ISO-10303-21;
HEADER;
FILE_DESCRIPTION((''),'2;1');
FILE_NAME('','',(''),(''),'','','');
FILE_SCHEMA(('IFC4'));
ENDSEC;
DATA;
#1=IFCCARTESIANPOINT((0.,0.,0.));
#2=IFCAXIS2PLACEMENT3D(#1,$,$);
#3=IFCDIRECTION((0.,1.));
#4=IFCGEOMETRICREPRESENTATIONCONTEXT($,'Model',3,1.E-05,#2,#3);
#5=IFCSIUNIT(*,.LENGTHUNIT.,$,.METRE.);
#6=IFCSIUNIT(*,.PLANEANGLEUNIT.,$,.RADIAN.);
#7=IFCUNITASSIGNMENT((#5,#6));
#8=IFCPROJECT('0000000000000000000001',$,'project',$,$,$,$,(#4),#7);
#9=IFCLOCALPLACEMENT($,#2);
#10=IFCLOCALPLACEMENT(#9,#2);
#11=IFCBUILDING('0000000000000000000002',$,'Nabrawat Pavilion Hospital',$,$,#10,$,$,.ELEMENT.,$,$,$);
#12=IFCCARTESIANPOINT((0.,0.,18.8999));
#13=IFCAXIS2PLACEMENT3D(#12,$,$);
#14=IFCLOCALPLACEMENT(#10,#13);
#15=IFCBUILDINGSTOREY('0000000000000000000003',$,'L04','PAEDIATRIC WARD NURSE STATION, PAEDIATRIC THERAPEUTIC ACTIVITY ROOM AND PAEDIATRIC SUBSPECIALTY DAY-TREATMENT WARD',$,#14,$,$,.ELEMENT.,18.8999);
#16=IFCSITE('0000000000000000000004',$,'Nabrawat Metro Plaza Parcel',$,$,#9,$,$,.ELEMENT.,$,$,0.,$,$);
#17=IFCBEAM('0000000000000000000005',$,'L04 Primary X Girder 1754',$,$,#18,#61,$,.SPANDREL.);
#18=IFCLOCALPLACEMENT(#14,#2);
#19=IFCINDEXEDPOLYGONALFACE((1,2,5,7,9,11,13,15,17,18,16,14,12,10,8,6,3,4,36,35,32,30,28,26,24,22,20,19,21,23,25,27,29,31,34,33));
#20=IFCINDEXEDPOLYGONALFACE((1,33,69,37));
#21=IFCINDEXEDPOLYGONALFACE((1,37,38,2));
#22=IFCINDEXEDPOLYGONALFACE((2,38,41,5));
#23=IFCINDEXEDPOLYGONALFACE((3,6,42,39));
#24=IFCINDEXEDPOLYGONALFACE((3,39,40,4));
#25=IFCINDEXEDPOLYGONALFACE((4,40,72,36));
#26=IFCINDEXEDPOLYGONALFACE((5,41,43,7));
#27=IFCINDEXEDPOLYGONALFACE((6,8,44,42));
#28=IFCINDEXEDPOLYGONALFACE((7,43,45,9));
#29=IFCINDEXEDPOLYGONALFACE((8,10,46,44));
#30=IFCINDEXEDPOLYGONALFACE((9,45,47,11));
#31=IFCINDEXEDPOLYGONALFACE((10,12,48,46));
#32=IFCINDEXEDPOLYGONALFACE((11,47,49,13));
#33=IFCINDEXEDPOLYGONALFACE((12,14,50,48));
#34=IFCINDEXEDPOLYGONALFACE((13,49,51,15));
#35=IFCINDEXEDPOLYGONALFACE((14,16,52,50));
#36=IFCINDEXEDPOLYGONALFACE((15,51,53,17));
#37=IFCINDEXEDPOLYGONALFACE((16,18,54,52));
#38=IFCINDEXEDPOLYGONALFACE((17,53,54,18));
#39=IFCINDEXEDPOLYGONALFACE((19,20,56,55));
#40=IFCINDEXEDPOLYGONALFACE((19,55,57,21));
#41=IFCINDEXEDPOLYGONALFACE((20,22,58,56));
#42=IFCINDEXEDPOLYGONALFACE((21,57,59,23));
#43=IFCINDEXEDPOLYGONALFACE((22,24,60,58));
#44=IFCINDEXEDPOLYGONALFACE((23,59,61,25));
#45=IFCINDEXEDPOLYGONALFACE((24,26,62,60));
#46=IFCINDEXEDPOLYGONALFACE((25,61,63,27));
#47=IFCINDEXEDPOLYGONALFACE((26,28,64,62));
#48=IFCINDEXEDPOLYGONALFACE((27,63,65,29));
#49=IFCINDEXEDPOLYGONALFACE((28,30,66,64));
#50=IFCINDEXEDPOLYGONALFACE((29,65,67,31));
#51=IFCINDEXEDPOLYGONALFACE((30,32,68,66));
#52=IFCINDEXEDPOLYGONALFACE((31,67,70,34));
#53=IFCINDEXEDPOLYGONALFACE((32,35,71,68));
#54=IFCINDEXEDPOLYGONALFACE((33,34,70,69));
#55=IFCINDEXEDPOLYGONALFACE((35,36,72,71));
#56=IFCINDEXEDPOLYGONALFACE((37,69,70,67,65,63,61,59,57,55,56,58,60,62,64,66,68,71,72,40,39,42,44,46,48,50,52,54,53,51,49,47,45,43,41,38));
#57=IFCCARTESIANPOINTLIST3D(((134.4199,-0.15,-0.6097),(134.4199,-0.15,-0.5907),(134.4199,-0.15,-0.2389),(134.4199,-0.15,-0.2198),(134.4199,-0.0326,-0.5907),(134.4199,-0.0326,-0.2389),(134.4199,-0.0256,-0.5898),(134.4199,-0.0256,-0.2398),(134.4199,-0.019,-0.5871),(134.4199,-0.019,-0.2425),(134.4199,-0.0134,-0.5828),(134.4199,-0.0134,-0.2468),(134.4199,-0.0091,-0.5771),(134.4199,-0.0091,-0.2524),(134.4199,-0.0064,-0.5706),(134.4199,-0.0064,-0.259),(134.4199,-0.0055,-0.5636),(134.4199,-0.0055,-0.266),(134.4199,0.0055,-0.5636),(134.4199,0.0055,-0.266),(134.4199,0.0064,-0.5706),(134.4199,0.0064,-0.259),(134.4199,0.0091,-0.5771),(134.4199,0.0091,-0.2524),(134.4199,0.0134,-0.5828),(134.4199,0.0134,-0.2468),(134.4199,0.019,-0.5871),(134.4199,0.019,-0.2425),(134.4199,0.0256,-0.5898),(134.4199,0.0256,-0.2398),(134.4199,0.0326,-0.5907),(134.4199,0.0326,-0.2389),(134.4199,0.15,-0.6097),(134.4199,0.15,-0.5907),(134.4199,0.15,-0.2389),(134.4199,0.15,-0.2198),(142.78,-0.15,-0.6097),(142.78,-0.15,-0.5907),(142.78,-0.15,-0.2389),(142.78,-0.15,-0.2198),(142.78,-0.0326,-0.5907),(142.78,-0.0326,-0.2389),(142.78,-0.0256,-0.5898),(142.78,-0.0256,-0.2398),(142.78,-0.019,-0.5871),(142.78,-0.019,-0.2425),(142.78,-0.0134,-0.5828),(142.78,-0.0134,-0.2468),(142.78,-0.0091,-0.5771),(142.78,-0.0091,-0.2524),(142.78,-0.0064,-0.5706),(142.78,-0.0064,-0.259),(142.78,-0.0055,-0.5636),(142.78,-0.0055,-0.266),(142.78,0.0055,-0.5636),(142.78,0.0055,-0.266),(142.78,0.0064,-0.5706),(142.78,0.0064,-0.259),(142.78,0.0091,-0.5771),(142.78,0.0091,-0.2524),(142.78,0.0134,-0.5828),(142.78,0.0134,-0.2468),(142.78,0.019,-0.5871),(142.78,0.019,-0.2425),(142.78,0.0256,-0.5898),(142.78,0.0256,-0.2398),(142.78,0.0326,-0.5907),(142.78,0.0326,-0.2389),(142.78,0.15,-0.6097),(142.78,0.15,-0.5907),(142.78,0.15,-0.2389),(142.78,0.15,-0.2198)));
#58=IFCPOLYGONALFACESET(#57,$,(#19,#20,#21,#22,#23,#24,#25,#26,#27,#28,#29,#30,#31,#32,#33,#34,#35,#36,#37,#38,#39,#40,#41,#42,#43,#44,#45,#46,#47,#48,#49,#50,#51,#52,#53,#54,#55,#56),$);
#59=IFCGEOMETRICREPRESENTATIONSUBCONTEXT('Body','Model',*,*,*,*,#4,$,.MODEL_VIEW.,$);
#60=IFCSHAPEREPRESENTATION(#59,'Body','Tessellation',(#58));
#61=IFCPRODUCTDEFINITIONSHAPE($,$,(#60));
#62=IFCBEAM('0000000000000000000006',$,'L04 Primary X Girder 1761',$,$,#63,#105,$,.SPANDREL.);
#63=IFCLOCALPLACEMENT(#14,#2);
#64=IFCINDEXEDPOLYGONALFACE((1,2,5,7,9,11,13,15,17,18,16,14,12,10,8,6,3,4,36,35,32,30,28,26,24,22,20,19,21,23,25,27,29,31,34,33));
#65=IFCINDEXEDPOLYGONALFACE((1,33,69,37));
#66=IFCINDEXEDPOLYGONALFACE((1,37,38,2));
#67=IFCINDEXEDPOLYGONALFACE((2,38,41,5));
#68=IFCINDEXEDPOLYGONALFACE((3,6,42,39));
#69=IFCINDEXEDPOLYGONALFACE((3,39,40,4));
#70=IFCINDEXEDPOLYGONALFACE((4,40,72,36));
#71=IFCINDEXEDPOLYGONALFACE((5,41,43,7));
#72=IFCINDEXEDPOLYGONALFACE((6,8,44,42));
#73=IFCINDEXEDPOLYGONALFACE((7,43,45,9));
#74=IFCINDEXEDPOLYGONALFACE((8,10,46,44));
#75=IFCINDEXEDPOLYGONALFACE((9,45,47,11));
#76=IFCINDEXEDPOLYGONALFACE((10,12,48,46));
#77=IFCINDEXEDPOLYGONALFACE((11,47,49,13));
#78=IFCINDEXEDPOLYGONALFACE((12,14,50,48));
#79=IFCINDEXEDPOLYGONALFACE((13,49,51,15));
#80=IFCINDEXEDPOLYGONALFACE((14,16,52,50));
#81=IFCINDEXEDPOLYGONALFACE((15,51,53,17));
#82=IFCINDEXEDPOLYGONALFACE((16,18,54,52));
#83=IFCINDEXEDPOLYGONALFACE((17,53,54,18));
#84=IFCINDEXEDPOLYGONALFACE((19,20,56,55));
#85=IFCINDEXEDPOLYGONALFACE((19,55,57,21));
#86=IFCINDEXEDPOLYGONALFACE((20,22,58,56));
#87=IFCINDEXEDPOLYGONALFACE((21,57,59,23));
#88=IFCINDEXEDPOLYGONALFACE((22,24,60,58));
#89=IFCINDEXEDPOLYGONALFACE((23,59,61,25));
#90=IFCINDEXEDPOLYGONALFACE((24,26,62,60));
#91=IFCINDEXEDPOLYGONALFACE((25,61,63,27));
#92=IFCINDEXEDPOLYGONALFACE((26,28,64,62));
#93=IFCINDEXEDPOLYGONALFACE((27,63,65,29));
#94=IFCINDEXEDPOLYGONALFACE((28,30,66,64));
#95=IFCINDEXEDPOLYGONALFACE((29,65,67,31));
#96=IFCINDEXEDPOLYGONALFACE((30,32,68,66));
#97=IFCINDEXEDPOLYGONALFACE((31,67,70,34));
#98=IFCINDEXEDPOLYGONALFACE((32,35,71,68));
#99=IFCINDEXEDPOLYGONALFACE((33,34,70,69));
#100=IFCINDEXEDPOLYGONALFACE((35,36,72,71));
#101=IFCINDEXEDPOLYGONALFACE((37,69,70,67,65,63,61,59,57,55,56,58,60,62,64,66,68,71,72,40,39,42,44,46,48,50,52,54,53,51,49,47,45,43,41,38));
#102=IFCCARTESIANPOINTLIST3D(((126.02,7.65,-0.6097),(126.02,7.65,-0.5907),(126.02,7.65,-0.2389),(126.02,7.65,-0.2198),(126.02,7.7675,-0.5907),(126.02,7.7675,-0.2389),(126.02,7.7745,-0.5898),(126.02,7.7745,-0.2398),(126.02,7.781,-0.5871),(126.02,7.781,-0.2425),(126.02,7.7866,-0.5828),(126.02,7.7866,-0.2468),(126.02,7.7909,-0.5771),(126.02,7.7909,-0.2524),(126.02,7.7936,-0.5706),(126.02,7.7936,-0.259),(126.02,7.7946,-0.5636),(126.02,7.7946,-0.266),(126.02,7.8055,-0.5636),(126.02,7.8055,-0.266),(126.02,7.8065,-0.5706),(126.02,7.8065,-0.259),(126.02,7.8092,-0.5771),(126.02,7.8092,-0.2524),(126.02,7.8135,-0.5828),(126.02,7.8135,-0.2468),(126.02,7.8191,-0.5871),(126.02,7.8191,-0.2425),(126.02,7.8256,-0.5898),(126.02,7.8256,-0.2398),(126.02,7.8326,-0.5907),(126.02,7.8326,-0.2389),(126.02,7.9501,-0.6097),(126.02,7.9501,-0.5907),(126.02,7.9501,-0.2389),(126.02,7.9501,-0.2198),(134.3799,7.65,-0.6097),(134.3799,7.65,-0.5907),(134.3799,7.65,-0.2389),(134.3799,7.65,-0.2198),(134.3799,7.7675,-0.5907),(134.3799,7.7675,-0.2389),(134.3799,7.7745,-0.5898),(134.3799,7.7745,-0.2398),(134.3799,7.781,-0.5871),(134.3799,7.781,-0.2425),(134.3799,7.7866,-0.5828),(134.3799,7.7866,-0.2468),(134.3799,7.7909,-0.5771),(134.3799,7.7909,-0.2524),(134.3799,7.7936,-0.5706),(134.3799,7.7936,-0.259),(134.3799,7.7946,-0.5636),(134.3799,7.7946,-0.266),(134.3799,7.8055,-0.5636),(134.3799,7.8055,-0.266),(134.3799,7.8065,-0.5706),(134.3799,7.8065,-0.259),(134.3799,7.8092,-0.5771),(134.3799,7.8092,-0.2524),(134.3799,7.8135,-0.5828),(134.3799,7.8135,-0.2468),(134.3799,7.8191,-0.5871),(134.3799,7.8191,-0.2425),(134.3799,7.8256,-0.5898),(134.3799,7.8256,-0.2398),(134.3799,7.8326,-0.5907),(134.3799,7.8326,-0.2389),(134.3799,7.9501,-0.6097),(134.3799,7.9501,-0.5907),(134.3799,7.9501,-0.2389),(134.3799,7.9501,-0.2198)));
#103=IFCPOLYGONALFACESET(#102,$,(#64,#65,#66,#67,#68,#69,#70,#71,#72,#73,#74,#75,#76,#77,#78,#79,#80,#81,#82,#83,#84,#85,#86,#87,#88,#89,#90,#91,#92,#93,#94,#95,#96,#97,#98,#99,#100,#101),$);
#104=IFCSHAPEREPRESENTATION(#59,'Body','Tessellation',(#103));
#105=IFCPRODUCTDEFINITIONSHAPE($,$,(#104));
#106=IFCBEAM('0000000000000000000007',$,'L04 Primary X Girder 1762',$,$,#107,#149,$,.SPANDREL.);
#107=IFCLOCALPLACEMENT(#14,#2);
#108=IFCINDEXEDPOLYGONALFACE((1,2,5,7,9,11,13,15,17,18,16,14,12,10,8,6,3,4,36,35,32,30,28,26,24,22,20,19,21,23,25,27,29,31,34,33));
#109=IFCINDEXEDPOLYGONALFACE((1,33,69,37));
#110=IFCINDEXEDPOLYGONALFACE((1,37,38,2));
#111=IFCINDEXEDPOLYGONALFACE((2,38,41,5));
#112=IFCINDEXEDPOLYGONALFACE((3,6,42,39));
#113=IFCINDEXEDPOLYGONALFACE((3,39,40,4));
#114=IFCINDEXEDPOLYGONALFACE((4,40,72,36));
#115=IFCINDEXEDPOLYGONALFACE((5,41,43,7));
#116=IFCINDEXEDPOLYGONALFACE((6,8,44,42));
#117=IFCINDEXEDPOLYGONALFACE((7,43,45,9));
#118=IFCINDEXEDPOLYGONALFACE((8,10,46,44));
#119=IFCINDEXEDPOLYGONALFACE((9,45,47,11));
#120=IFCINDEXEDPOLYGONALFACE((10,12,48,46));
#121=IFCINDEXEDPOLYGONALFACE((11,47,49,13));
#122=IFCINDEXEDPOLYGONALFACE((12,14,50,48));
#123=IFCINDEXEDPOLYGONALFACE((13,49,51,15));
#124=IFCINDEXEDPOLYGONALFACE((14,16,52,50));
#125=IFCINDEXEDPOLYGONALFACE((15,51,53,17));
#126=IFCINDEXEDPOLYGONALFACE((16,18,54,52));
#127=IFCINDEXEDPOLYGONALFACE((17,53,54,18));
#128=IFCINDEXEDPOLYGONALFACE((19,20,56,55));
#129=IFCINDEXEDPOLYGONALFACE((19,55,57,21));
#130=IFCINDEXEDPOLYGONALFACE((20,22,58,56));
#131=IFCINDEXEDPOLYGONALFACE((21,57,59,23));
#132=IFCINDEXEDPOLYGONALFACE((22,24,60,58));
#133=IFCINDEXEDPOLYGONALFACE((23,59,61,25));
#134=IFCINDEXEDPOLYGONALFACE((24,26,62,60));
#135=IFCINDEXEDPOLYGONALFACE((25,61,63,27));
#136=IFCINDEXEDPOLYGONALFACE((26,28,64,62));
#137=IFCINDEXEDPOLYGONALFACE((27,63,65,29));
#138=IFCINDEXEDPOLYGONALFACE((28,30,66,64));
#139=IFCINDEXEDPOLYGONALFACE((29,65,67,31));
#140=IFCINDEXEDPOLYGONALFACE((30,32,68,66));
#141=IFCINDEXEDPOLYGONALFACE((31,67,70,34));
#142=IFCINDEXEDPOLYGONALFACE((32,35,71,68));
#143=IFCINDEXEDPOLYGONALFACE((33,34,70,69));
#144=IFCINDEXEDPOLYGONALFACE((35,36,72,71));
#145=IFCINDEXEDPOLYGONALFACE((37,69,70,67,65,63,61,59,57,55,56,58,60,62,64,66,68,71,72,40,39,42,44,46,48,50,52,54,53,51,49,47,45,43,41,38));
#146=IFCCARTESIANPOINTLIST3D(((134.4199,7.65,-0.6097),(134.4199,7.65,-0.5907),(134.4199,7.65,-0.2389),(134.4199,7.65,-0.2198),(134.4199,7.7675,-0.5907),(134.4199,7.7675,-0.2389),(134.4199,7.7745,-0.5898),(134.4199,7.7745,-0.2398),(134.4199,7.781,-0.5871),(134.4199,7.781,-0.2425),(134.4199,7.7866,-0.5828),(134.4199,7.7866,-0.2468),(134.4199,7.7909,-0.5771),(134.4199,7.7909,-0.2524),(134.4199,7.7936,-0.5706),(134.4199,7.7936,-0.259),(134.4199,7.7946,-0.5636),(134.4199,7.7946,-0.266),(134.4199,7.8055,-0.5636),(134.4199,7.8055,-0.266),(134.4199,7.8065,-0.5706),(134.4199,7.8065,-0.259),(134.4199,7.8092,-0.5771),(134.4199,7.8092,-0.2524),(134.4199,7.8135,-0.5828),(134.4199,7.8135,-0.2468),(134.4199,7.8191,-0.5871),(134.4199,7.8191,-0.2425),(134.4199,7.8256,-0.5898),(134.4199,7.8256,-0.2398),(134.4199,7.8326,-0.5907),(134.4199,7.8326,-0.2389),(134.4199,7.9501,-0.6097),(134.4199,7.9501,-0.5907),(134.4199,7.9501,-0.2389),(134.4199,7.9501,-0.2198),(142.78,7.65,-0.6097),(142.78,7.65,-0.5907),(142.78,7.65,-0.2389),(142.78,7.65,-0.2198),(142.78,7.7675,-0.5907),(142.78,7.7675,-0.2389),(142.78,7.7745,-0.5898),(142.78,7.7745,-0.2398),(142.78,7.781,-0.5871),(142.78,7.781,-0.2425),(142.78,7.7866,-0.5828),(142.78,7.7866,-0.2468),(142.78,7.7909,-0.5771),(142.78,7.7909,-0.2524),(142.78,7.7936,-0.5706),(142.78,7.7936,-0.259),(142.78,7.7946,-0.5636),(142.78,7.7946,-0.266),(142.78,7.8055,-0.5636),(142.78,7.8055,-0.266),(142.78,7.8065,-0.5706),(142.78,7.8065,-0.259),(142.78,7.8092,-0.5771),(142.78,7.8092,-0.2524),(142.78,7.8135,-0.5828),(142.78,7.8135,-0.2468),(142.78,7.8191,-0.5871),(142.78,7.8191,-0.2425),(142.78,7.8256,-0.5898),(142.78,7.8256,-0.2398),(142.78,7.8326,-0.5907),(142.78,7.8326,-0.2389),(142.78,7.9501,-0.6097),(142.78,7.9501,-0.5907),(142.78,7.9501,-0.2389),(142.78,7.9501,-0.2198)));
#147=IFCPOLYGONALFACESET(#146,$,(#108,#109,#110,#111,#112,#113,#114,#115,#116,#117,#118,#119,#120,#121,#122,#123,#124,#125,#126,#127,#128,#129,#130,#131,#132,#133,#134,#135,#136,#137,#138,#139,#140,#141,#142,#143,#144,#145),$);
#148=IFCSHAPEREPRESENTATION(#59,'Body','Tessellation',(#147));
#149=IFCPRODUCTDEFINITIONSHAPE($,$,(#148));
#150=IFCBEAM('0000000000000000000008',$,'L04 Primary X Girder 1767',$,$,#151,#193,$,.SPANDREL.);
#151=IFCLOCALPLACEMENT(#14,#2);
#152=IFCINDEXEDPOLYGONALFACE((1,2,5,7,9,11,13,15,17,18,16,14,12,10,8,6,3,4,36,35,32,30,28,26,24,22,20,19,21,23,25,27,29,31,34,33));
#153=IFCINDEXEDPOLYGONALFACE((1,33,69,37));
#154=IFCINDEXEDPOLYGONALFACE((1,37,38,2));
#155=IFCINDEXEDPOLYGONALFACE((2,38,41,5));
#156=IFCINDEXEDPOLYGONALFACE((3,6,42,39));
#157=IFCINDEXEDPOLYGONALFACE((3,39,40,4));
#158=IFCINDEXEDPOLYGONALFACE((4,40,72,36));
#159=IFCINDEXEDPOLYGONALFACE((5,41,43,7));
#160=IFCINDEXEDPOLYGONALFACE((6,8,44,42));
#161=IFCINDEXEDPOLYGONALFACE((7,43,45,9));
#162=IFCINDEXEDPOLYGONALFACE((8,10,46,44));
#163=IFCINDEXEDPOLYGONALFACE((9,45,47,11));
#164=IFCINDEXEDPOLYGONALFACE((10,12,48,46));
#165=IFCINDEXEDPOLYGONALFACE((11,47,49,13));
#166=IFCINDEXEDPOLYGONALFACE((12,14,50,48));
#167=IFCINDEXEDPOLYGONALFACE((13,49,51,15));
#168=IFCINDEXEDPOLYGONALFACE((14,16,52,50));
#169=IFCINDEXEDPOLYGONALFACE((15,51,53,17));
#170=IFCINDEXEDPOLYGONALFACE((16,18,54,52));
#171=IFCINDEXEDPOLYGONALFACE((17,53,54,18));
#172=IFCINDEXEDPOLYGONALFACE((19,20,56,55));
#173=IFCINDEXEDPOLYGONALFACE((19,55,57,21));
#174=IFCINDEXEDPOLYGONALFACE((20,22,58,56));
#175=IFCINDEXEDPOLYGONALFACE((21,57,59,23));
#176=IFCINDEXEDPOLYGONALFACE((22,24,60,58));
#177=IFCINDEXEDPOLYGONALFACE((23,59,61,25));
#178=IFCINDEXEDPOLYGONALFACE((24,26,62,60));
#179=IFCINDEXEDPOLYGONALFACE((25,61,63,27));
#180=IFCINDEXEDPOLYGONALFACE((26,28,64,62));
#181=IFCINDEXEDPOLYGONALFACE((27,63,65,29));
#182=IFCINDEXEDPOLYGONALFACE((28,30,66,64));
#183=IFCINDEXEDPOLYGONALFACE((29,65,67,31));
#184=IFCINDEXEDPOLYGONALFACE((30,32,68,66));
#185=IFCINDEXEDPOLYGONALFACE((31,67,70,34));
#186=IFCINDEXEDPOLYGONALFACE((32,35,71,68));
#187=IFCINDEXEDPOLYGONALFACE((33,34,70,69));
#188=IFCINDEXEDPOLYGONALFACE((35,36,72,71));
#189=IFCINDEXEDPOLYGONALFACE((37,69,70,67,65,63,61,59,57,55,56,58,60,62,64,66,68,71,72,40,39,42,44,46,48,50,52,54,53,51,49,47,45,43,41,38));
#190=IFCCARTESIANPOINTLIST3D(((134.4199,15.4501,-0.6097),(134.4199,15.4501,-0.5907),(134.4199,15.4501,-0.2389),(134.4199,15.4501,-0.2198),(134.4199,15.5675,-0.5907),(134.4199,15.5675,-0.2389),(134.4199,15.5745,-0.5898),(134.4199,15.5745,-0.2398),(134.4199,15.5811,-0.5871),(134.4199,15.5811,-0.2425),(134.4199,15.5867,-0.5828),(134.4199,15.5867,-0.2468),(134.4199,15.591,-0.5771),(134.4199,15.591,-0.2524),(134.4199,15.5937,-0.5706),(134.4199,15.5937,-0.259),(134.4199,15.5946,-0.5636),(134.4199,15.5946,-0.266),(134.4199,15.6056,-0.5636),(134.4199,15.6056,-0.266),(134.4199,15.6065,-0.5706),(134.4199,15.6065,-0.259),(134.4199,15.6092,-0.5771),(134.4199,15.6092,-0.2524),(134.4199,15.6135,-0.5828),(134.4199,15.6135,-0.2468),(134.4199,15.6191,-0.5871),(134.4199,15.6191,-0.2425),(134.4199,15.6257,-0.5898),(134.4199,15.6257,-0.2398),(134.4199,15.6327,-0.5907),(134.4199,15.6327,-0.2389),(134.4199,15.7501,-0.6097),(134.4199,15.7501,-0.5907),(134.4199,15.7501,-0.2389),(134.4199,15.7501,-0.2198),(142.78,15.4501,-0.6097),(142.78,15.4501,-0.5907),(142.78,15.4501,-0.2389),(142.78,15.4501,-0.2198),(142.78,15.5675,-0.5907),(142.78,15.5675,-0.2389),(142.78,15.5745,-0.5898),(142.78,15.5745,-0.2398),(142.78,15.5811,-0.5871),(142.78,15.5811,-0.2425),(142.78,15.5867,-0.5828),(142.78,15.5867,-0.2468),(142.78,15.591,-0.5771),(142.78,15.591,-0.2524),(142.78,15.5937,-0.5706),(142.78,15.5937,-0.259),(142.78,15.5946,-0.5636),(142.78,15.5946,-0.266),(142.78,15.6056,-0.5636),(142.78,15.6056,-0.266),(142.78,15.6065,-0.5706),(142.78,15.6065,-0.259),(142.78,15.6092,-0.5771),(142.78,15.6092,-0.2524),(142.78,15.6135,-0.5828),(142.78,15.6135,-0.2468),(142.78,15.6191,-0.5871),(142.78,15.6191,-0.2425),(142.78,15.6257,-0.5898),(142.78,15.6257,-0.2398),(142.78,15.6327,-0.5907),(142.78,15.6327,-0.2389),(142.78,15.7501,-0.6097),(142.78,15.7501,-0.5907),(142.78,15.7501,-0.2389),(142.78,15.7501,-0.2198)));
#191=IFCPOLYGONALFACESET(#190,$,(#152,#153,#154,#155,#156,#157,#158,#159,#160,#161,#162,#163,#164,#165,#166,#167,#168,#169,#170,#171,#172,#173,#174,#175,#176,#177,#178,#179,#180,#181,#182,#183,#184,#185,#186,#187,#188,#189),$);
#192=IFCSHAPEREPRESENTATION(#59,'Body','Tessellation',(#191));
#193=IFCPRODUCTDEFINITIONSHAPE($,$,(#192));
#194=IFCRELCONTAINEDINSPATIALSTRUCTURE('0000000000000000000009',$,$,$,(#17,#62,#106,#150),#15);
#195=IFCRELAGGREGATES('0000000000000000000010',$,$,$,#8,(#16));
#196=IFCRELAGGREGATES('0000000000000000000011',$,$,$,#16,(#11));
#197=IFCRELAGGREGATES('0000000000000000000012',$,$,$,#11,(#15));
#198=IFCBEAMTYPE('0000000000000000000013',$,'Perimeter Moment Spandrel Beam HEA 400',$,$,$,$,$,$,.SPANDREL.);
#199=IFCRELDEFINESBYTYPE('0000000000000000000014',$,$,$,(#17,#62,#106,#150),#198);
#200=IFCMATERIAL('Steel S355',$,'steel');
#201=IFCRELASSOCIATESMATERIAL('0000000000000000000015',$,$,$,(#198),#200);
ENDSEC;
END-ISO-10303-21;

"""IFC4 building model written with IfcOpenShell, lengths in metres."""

from ifc_helpers import new_model, si_unit, direction, frame, origin, origin_2d, place, context, subcontext, project, spatial, i_section, extrude, material, material_profile, profile_set, type_object, element, save


model = new_model("IFC4")

# Units and contexts
model_context = context("Model", 3, precision=1e-05, world=origin(), true_north=direction((0.0, 1.0)))
body_context = subcontext(model_context, "Body", "Model", "MODEL_VIEW")
ifc_project = project(units=[si_unit("LENGTHUNIT", "METRE"), si_unit("PLANEANGLEUNIT", "RADIAN")], contexts=[model_context])

# Site, building, storey
site_placement = place(None, origin())
site = spatial("IfcSite", under=ifc_project, at=site_placement, Name="Nabrawat Metro Plaza Parcel", CompositionType="ELEMENT", RefElevation=0.0)
building_placement = place(site_placement, origin())
building = spatial("IfcBuilding", under=site, at=building_placement, Name="Nabrawat Pavilion Hospital", CompositionType="ELEMENT")
storey_placement = place(building_placement, frame((0.0, 0.0, 18.8999)))
storey = spatial("IfcBuildingStorey", under=building, at=storey_placement, Name="L04", Description="PAEDIATRIC WARD NURSE STATION, PAEDIATRIC THERAPEUTIC ACTIVITY ROOM AND PAEDIATRIC SUBSPECIALTY DAY-TREATMENT WARD", CompositionType="ELEMENT", Elevation=18.8999)

# Beams
ifc_material_1 = material(Name="Steel S355", Category="steel")
ifc_material_profile_1 = material_profile(ifc_material_1, i_section(OverallWidth=0.3, OverallDepth=0.3899, WebThickness=0.011, FlangeThickness=0.019, FilletRadius=0.0271, at=origin_2d()), Name="HEA 400")
ifc_profile_set_1 = profile_set([ifc_material_profile_1], Name="Steel S355")
beam_type_1 = type_object("IfcBeamType", Name="Perimeter Moment Spandrel Beam HEA 400", PredefinedType="SPANDREL", material=ifc_profile_set_1)
beam_1_placement = place(storey_placement, frame((134.4199, 0.0, -0.4148), z_axis=(1.0, 0.0, 0.0), x_axis=(0.0, 1.0, 0.0)))
element("IfcBeam", 1, at=beam_1_placement, inside=storey, type_object=beam_type_1, Name="L04 Primary X Girder 1754", PredefinedType="SPANDREL", context=body_context, shape_type="SweptSolid", body=[
    extrude(i_section(OverallWidth=0.3, OverallDepth=0.3899, WebThickness=0.011, FlangeThickness=0.019, FilletRadius=0.0271, at=origin_2d()), origin(), (0.0, 0.0, 1.0), 8.3601),
])
beam_2_placement = place(storey_placement, frame((126.02, 7.8, -0.4148), z_axis=(1.0, 0.0, 0.0), x_axis=(0.0, 1.0, 0.0)))
element("IfcBeam", 2, at=beam_2_placement, inside=storey, type_object=beam_type_1, Name="L04 Primary X Girder 1761", PredefinedType="SPANDREL", context=body_context, shape_type="SweptSolid", body=[
    extrude(i_section(OverallWidth=0.3, OverallDepth=0.3899, WebThickness=0.011, FlangeThickness=0.019, FilletRadius=0.0271, at=origin_2d()), origin(), (0.0, 0.0, 1.0), 8.3599),
])
for number, where, z_axis, x_axis, name in (
    (3, (134.4199, 7.8, -0.4148), (1.0, 0.0, 0.0), (0.0, 1.0, 0.0), "L04 Primary X Girder 1762"),
    (4, (134.4199, 15.6001, -0.4148), (1.0, 0.0, 0.0), (0.0, 1.0, 0.0), "L04 Primary X Girder 1767"),
):
    element("IfcBeam", number, at=place(storey_placement, frame(where, z_axis=z_axis, x_axis=x_axis)), inside=storey, type_object=beam_type_1, Name=name, PredefinedType="SPANDREL", context=body_context, shape_type="SweptSolid", body=[
        extrude(i_section(OverallWidth=0.3, OverallDepth=0.3899, WebThickness=0.011, FlangeThickness=0.019, FilletRadius=0.0271, at=origin_2d()), origin(), (0.0, 0.0, 1.0), 8.3601),
    ])

save(model, "model.ifc")
